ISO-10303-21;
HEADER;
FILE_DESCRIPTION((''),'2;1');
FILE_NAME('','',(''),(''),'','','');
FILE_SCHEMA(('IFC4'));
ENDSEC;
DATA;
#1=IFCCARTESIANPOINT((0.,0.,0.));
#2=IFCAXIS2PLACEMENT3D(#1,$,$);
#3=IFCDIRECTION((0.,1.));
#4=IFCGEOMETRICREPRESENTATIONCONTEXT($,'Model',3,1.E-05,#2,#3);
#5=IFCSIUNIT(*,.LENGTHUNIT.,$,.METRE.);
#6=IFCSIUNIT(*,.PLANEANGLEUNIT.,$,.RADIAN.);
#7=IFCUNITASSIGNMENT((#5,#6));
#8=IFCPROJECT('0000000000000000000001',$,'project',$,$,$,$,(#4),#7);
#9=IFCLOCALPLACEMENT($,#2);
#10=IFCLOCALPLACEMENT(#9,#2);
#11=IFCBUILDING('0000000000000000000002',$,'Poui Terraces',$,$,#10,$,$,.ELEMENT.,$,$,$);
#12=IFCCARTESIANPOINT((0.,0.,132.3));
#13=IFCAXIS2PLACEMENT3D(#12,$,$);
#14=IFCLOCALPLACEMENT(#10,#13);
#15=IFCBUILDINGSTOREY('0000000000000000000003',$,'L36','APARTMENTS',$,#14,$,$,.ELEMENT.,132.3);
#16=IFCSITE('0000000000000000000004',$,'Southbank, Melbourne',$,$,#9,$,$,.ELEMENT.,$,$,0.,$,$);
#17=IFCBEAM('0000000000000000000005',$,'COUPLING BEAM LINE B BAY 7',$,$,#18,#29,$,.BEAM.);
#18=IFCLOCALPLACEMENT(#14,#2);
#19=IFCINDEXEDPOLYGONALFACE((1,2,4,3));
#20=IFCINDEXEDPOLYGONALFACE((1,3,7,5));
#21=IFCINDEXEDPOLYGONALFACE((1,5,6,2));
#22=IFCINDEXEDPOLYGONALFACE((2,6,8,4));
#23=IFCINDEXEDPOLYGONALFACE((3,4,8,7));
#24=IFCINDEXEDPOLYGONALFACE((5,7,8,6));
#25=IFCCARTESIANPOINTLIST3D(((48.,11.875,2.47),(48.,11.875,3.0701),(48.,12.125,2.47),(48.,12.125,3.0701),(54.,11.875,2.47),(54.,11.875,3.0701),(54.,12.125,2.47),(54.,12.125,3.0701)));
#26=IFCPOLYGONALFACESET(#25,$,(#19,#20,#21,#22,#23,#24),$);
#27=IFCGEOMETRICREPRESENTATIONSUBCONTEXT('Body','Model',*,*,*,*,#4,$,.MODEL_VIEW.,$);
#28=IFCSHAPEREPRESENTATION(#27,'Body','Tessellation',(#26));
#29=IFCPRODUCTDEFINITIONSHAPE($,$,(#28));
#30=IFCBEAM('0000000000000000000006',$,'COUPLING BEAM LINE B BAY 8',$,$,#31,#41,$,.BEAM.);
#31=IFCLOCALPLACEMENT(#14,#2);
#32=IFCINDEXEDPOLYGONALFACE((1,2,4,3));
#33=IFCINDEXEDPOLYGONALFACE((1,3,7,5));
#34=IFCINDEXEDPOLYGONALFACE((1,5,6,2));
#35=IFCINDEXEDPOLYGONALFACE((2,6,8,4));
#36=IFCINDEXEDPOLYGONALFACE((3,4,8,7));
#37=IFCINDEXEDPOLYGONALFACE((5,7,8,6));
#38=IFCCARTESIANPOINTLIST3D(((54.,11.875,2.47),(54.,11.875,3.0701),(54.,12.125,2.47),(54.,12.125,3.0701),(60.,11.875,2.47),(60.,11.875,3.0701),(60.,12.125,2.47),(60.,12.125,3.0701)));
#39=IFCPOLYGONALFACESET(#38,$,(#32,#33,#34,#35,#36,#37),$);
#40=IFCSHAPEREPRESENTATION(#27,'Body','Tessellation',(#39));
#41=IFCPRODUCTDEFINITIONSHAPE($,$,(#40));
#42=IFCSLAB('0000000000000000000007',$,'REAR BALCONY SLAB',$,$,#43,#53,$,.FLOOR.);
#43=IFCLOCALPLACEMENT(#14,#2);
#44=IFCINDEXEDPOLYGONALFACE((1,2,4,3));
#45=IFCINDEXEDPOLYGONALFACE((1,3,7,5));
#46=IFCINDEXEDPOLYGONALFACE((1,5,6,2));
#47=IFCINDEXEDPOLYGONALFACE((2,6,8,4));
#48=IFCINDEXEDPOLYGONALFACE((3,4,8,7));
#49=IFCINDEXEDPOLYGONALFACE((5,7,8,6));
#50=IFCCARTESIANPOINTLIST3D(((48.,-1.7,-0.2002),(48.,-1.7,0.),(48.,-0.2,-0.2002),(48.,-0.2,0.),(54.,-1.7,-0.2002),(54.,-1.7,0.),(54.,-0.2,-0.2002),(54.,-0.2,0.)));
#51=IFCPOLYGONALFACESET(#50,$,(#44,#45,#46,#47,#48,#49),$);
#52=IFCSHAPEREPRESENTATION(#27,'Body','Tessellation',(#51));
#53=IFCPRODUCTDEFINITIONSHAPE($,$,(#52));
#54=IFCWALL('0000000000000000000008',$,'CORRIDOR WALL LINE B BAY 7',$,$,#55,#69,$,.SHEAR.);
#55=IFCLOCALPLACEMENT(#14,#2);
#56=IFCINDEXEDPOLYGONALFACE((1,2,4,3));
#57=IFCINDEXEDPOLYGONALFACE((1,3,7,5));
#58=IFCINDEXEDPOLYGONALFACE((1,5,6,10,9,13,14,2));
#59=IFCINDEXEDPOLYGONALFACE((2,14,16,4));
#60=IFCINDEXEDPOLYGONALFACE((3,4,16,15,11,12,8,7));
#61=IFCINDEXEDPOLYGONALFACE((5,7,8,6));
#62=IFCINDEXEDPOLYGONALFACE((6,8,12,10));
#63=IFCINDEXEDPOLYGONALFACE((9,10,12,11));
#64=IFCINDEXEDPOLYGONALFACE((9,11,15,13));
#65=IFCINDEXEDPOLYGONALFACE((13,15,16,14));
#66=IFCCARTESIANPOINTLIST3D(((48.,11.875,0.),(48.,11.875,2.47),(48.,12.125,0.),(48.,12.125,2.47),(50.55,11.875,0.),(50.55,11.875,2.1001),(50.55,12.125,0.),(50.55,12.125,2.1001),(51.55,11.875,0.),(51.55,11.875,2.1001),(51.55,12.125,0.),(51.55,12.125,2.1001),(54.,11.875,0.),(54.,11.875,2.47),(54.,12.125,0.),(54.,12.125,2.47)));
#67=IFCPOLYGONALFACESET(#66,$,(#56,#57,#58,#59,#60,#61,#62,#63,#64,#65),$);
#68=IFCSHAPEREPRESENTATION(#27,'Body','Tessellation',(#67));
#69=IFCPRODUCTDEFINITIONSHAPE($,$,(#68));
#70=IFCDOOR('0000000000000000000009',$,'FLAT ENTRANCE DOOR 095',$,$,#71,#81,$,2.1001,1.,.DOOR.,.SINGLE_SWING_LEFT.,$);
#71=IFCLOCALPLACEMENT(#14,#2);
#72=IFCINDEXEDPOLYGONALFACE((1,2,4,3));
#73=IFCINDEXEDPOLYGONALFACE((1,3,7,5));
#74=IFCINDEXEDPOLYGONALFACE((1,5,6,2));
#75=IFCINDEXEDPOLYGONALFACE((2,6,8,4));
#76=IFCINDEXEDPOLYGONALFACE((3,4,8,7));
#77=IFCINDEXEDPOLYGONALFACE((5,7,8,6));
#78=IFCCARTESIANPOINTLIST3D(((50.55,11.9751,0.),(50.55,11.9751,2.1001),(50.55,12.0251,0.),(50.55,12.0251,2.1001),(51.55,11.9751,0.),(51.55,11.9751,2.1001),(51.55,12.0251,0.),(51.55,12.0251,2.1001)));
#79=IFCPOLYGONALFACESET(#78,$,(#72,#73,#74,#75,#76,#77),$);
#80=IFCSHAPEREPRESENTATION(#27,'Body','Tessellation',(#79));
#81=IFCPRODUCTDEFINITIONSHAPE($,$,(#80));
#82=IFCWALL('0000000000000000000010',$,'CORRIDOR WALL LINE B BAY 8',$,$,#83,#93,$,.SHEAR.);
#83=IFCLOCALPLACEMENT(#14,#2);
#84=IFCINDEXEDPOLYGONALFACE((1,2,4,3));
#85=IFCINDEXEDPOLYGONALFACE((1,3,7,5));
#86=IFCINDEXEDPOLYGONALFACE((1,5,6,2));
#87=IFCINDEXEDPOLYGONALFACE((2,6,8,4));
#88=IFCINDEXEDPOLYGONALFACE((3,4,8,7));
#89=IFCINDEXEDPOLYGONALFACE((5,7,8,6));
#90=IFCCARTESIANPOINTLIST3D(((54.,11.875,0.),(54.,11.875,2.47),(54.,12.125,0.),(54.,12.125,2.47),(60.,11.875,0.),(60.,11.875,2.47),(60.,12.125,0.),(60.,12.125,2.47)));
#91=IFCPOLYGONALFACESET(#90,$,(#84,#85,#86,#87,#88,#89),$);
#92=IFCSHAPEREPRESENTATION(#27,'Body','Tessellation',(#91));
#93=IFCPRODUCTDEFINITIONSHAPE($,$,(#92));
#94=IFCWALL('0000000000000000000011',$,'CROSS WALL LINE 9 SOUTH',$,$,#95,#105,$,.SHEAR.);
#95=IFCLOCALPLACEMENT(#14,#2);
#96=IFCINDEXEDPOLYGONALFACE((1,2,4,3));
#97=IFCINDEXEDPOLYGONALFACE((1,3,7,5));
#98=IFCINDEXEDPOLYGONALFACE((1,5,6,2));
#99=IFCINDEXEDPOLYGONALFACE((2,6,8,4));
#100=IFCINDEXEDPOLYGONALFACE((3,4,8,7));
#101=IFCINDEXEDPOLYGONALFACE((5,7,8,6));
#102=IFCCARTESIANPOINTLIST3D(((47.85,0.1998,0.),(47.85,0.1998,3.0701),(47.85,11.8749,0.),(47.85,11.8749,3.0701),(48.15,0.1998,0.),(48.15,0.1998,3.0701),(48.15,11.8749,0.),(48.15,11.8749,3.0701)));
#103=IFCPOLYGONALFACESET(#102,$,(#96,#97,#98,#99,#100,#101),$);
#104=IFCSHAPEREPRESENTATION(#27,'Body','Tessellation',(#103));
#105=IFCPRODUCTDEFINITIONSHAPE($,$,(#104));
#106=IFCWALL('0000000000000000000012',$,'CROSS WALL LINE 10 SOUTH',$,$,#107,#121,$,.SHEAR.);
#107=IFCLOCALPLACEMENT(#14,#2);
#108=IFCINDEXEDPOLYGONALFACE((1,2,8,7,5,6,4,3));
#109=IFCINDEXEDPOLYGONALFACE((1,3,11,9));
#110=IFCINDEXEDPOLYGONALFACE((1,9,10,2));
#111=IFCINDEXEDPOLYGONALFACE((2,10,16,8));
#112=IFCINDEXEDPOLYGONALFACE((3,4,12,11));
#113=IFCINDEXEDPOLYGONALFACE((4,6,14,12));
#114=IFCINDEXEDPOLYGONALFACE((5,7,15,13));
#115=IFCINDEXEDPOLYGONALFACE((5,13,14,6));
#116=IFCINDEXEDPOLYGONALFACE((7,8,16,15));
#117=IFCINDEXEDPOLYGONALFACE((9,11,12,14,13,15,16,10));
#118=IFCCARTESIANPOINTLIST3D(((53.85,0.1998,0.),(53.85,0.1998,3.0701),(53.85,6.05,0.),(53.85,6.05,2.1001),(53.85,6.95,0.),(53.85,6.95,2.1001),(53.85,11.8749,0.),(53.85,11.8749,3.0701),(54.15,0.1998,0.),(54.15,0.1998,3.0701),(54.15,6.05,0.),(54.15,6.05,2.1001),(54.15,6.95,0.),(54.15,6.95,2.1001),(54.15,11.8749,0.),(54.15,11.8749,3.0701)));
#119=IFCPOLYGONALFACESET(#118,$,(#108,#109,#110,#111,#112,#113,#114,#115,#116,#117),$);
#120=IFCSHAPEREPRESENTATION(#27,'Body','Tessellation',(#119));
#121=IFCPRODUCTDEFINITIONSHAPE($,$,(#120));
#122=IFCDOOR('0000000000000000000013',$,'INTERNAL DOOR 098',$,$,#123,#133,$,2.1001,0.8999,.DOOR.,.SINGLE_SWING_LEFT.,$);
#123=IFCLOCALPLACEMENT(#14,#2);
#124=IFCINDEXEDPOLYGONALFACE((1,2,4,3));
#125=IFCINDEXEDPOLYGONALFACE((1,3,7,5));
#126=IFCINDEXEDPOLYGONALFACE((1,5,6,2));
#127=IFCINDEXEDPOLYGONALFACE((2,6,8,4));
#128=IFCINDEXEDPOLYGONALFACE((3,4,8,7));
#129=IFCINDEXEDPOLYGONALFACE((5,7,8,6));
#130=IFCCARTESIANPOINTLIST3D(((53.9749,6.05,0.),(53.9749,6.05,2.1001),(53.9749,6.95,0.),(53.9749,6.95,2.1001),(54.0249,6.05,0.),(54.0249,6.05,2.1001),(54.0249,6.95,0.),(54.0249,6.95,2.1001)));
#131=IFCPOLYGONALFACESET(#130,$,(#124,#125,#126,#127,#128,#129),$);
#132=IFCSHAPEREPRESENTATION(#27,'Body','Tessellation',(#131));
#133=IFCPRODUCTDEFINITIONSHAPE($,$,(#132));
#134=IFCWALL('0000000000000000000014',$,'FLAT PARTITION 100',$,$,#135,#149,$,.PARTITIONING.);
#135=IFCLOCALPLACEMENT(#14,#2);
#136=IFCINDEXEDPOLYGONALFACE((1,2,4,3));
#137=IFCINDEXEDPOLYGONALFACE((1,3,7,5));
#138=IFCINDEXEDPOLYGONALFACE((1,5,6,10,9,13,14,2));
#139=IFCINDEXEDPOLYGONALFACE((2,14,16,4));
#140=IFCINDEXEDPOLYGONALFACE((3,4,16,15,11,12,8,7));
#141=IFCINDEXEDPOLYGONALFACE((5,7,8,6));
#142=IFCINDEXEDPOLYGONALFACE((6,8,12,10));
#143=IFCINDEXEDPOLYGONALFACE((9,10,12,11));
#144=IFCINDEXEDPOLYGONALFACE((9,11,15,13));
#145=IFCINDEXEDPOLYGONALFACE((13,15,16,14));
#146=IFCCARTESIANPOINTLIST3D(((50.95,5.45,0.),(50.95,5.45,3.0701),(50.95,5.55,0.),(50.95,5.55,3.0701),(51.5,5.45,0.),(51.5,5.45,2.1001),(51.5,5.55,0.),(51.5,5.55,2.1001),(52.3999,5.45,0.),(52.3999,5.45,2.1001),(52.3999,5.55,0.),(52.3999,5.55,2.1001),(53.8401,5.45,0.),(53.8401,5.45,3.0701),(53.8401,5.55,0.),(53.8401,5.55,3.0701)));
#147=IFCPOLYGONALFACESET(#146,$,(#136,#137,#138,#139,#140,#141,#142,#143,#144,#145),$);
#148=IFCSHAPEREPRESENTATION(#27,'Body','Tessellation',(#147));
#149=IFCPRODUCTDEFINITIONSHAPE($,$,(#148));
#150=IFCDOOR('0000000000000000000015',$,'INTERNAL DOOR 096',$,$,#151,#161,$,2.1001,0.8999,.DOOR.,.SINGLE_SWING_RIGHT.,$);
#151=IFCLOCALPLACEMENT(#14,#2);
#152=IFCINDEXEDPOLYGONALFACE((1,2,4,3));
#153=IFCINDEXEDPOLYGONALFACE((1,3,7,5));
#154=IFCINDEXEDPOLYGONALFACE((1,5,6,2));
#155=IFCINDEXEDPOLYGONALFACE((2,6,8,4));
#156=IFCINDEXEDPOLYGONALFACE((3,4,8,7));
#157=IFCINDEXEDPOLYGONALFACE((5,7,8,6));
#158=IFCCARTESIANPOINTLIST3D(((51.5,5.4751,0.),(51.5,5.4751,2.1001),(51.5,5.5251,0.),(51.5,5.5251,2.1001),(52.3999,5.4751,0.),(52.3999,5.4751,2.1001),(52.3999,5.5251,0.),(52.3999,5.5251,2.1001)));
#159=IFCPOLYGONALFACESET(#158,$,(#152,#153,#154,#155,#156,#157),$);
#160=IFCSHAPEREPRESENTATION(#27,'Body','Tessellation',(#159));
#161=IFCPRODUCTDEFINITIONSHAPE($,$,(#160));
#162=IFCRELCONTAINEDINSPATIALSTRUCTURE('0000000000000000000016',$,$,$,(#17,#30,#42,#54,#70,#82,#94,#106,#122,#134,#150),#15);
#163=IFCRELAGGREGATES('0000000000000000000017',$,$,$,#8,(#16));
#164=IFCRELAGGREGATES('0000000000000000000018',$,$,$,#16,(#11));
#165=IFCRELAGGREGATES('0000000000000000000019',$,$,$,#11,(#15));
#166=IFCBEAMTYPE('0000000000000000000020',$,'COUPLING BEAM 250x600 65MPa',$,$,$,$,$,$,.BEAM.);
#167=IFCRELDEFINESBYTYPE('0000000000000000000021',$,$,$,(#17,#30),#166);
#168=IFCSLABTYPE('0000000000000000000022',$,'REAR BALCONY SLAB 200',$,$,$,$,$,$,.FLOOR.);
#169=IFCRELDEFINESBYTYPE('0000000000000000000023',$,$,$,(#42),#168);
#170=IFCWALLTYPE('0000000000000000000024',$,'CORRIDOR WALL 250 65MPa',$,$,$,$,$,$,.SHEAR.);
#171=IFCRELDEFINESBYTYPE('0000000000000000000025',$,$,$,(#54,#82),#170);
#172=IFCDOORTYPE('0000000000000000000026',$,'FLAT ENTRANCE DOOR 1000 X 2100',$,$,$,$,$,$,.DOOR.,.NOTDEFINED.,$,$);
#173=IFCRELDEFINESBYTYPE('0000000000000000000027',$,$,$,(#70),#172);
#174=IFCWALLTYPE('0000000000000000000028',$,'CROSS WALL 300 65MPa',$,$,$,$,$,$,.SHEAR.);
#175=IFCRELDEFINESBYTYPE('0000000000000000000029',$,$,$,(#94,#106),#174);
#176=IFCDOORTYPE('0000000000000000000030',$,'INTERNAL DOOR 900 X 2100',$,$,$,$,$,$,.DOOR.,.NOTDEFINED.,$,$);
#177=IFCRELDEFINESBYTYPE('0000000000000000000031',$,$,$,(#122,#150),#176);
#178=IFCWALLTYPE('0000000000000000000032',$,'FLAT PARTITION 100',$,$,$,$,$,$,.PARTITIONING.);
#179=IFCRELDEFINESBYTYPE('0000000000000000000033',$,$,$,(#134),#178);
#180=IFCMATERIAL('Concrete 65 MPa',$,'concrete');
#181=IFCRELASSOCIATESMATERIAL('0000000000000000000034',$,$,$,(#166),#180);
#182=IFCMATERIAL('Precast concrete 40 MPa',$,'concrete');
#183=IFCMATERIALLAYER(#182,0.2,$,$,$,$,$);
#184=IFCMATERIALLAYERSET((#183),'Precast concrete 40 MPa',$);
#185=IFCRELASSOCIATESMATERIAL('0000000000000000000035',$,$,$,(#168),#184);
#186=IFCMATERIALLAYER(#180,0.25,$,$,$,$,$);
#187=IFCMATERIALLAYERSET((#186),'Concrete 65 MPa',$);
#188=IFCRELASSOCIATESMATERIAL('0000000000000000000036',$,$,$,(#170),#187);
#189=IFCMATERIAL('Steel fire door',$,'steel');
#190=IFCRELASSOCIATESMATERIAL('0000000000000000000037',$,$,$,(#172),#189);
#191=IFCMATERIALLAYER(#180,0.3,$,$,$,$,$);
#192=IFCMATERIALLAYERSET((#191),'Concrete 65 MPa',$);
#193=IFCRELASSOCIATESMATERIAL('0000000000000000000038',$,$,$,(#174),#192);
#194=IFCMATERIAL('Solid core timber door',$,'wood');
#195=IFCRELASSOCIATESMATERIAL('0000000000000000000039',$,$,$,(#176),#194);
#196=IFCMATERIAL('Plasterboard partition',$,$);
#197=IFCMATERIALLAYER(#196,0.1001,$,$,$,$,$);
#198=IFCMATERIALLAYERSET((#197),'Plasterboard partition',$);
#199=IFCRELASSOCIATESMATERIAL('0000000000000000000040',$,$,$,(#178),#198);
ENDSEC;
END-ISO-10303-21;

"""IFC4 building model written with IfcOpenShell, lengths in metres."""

from ifc_helpers import new_model, si_unit, direction, frame, frame_2d, origin, origin_2d, place, context, subcontext, project, spatial, polyline, rectangle, outline, extrude, source, transform, mapped, material, layer, layer_set, material_profile, profile_set, type_object, element, fill, save


model = new_model("IFC4")

# Units and contexts
model_context = context("Model", 3, precision=1e-05, world=origin(), true_north=direction((0.0, 1.0)))
body_context = subcontext(model_context, "Body", "Model", "MODEL_VIEW")
ifc_project = project(units=[si_unit("LENGTHUNIT", "METRE"), si_unit("PLANEANGLEUNIT", "RADIAN")], contexts=[model_context])

# Site, building, storey
site_placement = place(None, origin())
site = spatial("IfcSite", under=ifc_project, at=site_placement, Name="Southbank, Melbourne", CompositionType="ELEMENT", RefElevation=0.0)
building_placement = place(site_placement, origin())
building = spatial("IfcBuilding", under=site, at=building_placement, Name="Poui Terraces", CompositionType="ELEMENT")
storey_placement = place(building_placement, frame((0.0, 0.0, 132.3)))
storey = spatial("IfcBuildingStorey", under=building, at=storey_placement, Name="L36", Description="APARTMENTS", CompositionType="ELEMENT", Elevation=132.3)

# Beams
ifc_material_1 = material(Name="Concrete 65 MPa", Category="concrete")
ifc_material_profile_1 = material_profile(ifc_material_1, rectangle(XDim=0.25, YDim=0.6001, at=origin_2d()), Name="RC 250x600")
ifc_profile_set_1 = profile_set([ifc_material_profile_1], Name="Concrete 65 MPa")
beam_type = type_object("IfcBeamType", Name="COUPLING BEAM 250x600 65MPa", PredefinedType="BEAM", material=ifc_profile_set_1)
shared_shape_1 = source(origin(), body_context, "Body", "SweptSolid", [
    extrude(rectangle(XDim=0.25, YDim=0.6001, at=origin_2d()), origin(), (0.0, 0.0, 1.0), 6.0),
])
for number, where, z_axis, x_axis, name in (
    (1, (48.0, 12.0, 2.77), (1.0, 0.0, 0.0), (0.0, 1.0, 0.0), "COUPLING BEAM LINE B BAY 7"),
    (2, (54.0, 12.0, 2.77), (1.0, 0.0, 0.0), (0.0, 1.0, 0.0), "COUPLING BEAM LINE B BAY 8"),
):
    element("IfcBeam", number, at=place(storey_placement, frame(where, z_axis=z_axis, x_axis=x_axis)), inside=storey, type_object=beam_type, Name=name, PredefinedType="BEAM", context=body_context, shape_type="MappedRepresentation", body=[
        mapped(shared_shape_1, transform((0.0, 0.0, 0.0))),
    ])

# Slab
ifc_material_2 = material(Name="Precast concrete 40 MPa", Category="concrete")
ifc_layer_1 = layer(ifc_material_2, 0.2)
ifc_layer_set_1 = layer_set([ifc_layer_1], Name="Precast concrete 40 MPa")
slab_type = type_object("IfcSlabType", Name="REAR BALCONY SLAB 200", PredefinedType="FLOOR", material=ifc_layer_set_1)
shared_shape_2 = source(origin(), body_context, "Body", "SweptSolid", [
    extrude(outline(polyline([(0.0, 0.0), (6.0, 0.0), (6.0, 1.5), (0.0, 1.5), (0.0, 0.0)])), origin(), (0.0, 0.0, 1.0), 0.2002),
])
slab_placement = place(storey_placement, frame((48.0, -1.7, -0.2002)))
element("IfcSlab", 3, at=slab_placement, inside=storey, type_object=slab_type, Name="REAR BALCONY SLAB", PredefinedType="FLOOR", context=body_context, shape_type="MappedRepresentation", body=[
    mapped(shared_shape_2, transform((0.0, 0.0, 0.0))),
])

# Wall, opening, door
ifc_layer_2 = layer(ifc_material_1, 0.25)
ifc_layer_set_2 = layer_set([ifc_layer_2], Name="Concrete 65 MPa")
wall_type_1 = type_object("IfcWallType", Name="CORRIDOR WALL 250 65MPa", PredefinedType="SHEAR", material=ifc_layer_set_2)
wall_1_placement = place(storey_placement, frame((48.0, 12.0, 0.0), z_axis=(0.0, 0.0, 1.0), x_axis=(1.0, 0.0, 0.0)))
wall_1 = element("IfcWall", 4, at=wall_1_placement, inside=storey, type_object=wall_type_1, Name="CORRIDOR WALL LINE B BAY 7", PredefinedType="SHEAR", context=body_context, shape_type="SweptSolid", body=[
    extrude(rectangle(XDim=6.0, YDim=0.25, at=frame_2d((3.0, 0.0))), origin(), (0.0, 0.0, 1.0), 2.47),
])
opening_1_placement = place(wall_1_placement, frame((2.55, 0.0, 0.0)))
opening_1 = element("IfcOpeningElement", 5, at=opening_1_placement, cuts=wall_1, PredefinedType="OPENING", context=body_context, shape_type="SweptSolid", body=[
    extrude(rectangle(XDim=1.0, YDim=2.1001, at=frame_2d((0.5, 1.05))), frame((0.0, 0.135, 0.0), z_axis=(0.0, -1.0, 0.0), x_axis=(1.0, 0.0, 0.0)), (0.0, 0.0, 1.0), 0.27),
])
ifc_material_3 = material(Name="Steel fire door", Category="steel")
door_type_1 = type_object("IfcDoorType", Name="FLAT ENTRANCE DOOR 1000 X 2100", OperationType="NOTDEFINED", PredefinedType="DOOR", material=ifc_material_3)
door_1_placement = place(opening_1_placement, frame((1.0, 0.0, 0.0), z_axis=(0.0, 0.0, 1.0), x_axis=(-1.0, 0.0, 0.0)))
door_1 = element("IfcDoor", 6, at=door_1_placement, inside=storey, type_object=door_type_1, Name="FLAT ENTRANCE DOOR 095", OperationType="SINGLE_SWING_LEFT", OverallHeight=2.1001, OverallWidth=1.0, PredefinedType="DOOR", context=body_context, shape_type="SweptSolid", body=[
    extrude(rectangle(XDim=1.0, YDim=2.1001, at=frame_2d((0.5, 1.05))), frame((0.0, 0.0249, 0.0), z_axis=(0.0, -1.0, 0.0), x_axis=(1.0, 0.0, 0.0)), (0.0, 0.0, 1.0), 0.05),
])
fill(opening_1, door_1)

# Walls
wall_2_placement = place(storey_placement, frame((54.0, 12.0, 0.0), z_axis=(0.0, 0.0, 1.0), x_axis=(1.0, 0.0, 0.0)))
element("IfcWall", 7, at=wall_2_placement, inside=storey, type_object=wall_type_1, Name="CORRIDOR WALL LINE B BAY 8", PredefinedType="SHEAR", context=body_context, shape_type="SweptSolid", body=[
    extrude(rectangle(XDim=6.0, YDim=0.25, at=frame_2d((3.0, 0.0))), origin(), (0.0, 0.0, 1.0), 2.47),
])
ifc_layer_3 = layer(ifc_material_1, 0.3)
ifc_layer_set_3 = layer_set([ifc_layer_3], Name="Concrete 65 MPa")
wall_type_2 = type_object("IfcWallType", Name="CROSS WALL 300 65MPa", PredefinedType="SHEAR", material=ifc_layer_set_3)
wall_3_placement = place(storey_placement, frame((48.0, 0.2, 0.0), z_axis=(0.0, 0.0, 1.0), x_axis=(0.0, 1.0, 0.0)))
element("IfcWall", 8, at=wall_3_placement, inside=storey, type_object=wall_type_2, Name="CROSS WALL LINE 9 SOUTH", PredefinedType="SHEAR", context=body_context, shape_type="SweptSolid", body=[
    extrude(rectangle(XDim=11.675, YDim=0.3, at=frame_2d((5.8374, 0.0))), origin(), (0.0, 0.0, 1.0), 3.0701),
])

# Walls, openings, doors
wall_4_placement = place(storey_placement, frame((54.0, 0.2, 0.0), z_axis=(0.0, 0.0, 1.0), x_axis=(0.0, 1.0, 0.0)))
wall_4 = element("IfcWall", 9, at=wall_4_placement, inside=storey, type_object=wall_type_2, Name="CROSS WALL LINE 10 SOUTH", PredefinedType="SHEAR", context=body_context, shape_type="SweptSolid", body=[
    extrude(rectangle(XDim=11.675, YDim=0.3, at=frame_2d((5.8374, 0.0))), origin(), (0.0, 0.0, 1.0), 3.0701),
])
opening_2_placement = place(wall_4_placement, frame((5.8501, 0.0, 0.0)))
opening_2 = element("IfcOpeningElement", 10, at=opening_2_placement, cuts=wall_4, PredefinedType="OPENING", context=body_context, shape_type="SweptSolid", body=[
    extrude(rectangle(XDim=0.8999, YDim=2.1001, at=frame_2d((0.45, 1.05))), frame((0.0, 0.1602, 0.0), z_axis=(0.0, -1.0, 0.0), x_axis=(1.0, 0.0, 0.0)), (0.0, 0.0, 1.0), 0.3201),
])
ifc_material_4 = material(Name="Solid core timber door", Category="wood")
door_type_2 = type_object("IfcDoorType", Name="INTERNAL DOOR 900 X 2100", OperationType="NOTDEFINED", PredefinedType="DOOR", material=ifc_material_4)
door_2_placement = place(opening_2_placement, frame((0.8999, 0.0, 0.0), z_axis=(0.0, 0.0, 1.0), x_axis=(-1.0, 0.0, 0.0)))
door_2 = element("IfcDoor", 11, at=door_2_placement, inside=storey, type_object=door_type_2, Name="INTERNAL DOOR 098", OperationType="SINGLE_SWING_LEFT", OverallHeight=2.1001, OverallWidth=0.8999, PredefinedType="DOOR", context=body_context, shape_type="SweptSolid", body=[
    extrude(rectangle(XDim=0.8999, YDim=2.1001, at=frame_2d((0.45, 1.05))), frame((0.0, 0.0249, 0.0), z_axis=(0.0, -1.0, 0.0), x_axis=(1.0, 0.0, 0.0)), (0.0, 0.0, 1.0), 0.05),
])
fill(opening_2, door_2)
ifc_material_5 = material(Name="Plasterboard partition")
ifc_layer_4 = layer(ifc_material_5, 0.1001)
ifc_layer_set_4 = layer_set([ifc_layer_4], Name="Plasterboard partition")
wall_type_3 = type_object("IfcWallType", Name="FLAT PARTITION 100", PredefinedType="PARTITIONING", material=ifc_layer_set_4)
wall_5_placement = place(storey_placement, frame((50.95, 5.5, 0.0), z_axis=(0.0, 0.0, 1.0), x_axis=(1.0, 0.0, 0.0)))
wall_5 = element("IfcWall", 12, at=wall_5_placement, inside=storey, type_object=wall_type_3, Name="FLAT PARTITION 100", PredefinedType="PARTITIONING", context=body_context, shape_type="SweptSolid", body=[
    extrude(rectangle(XDim=2.8901, YDim=0.1001, at=frame_2d((1.4451, 0.0))), origin(), (0.0, 0.0, 1.0), 3.0701),
])
opening_3_placement = place(wall_5_placement, frame((0.55, 0.0, 0.0)))
opening_3 = element("IfcOpeningElement", 13, at=opening_3_placement, cuts=wall_5, PredefinedType="OPENING", context=body_context, shape_type="SweptSolid", body=[
    extrude(rectangle(XDim=0.8999, YDim=2.1001, at=frame_2d((0.45, 1.05))), frame((0.0, 0.0601, 0.0), z_axis=(0.0, -1.0, 0.0), x_axis=(1.0, 0.0, 0.0)), (0.0, 0.0, 1.0), 0.1201),
])
door_3_placement = place(opening_3_placement, frame((0.8999, 0.0, 0.0), z_axis=(0.0, 0.0, 1.0), x_axis=(-1.0, 0.0, 0.0)))
door_3 = element("IfcDoor", 14, at=door_3_placement, inside=storey, type_object=door_type_2, Name="INTERNAL DOOR 096", OperationType="SINGLE_SWING_RIGHT", OverallHeight=2.1001, OverallWidth=0.8999, PredefinedType="DOOR", context=body_context, shape_type="SweptSolid", body=[
    extrude(rectangle(XDim=0.8999, YDim=2.1001, at=frame_2d((0.45, 1.05))), frame((0.0, 0.0249, 0.0), z_axis=(0.0, -1.0, 0.0), x_axis=(1.0, 0.0, 0.0)), (0.0, 0.0, 1.0), 0.05),
])
fill(opening_3, door_3)

save(model, "model.ifc")
